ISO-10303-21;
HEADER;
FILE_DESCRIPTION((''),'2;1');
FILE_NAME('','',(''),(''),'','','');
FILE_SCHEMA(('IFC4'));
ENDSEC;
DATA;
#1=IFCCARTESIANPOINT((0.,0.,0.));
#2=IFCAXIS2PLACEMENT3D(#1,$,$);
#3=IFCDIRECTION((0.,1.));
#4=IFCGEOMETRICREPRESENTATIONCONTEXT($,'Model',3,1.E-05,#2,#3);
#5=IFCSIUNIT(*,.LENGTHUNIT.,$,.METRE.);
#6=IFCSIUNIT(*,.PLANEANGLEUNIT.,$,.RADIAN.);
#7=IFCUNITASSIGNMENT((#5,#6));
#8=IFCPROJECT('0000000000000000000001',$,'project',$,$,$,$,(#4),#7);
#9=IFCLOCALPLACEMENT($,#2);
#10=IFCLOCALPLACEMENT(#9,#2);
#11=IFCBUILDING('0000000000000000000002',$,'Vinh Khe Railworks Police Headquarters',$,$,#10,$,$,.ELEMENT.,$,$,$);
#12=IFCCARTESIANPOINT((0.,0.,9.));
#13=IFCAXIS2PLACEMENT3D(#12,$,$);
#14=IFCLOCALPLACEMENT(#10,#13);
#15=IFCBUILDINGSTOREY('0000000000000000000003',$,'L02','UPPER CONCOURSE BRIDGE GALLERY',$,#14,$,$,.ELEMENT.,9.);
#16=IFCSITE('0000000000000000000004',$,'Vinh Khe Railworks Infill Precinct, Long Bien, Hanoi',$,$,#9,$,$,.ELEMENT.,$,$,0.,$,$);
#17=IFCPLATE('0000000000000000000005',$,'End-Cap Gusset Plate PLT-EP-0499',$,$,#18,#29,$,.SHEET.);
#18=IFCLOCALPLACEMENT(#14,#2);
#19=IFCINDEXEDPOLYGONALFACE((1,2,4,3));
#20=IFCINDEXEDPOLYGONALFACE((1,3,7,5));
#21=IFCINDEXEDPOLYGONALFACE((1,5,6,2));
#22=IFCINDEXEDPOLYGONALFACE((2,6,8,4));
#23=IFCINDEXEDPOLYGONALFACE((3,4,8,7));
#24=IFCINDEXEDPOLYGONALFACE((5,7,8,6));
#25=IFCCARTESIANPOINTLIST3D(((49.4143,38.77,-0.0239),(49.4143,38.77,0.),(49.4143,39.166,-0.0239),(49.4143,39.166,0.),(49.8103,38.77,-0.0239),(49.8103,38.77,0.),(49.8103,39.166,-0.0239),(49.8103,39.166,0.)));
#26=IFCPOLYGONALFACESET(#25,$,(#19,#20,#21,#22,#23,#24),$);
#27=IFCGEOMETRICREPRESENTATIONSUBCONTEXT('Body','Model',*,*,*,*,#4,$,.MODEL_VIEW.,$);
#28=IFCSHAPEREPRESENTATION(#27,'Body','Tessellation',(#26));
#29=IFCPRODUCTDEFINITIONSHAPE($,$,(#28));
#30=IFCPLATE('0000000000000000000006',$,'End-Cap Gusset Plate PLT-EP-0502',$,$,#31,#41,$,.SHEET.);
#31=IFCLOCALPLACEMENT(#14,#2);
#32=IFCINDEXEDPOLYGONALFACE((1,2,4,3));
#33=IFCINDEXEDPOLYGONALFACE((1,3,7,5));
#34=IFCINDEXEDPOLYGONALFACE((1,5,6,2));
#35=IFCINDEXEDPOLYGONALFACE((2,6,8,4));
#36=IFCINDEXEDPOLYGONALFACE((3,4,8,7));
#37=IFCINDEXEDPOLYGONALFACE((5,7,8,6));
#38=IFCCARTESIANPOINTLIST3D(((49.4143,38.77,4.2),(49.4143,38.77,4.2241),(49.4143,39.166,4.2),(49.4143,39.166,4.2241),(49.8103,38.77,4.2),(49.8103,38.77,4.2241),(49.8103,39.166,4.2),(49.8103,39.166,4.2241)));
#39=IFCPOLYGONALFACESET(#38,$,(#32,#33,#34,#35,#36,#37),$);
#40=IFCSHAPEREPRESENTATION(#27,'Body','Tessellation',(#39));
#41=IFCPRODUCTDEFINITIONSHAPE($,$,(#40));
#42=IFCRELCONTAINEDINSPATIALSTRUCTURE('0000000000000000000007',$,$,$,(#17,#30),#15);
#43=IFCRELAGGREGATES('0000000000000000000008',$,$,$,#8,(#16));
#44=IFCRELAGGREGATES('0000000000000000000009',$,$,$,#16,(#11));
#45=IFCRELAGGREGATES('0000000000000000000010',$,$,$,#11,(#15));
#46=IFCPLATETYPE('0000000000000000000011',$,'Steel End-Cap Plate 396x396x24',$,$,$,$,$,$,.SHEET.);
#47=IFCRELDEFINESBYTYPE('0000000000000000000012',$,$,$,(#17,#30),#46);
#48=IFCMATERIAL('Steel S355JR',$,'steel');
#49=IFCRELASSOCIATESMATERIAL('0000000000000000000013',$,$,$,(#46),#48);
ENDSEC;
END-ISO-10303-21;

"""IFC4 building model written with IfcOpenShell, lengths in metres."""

from ifc_helpers import new_model, si_unit, direction, frame, origin, origin_2d, place, context, subcontext, project, spatial, rectangle, extrude, material, material_profile, profile_set, type_object, element, save


model = new_model("IFC4")

# Units and contexts
model_context = context("Model", 3, precision=1e-05, world=origin(), true_north=direction((0.0, 1.0)))
body_context = subcontext(model_context, "Body", "Model", "MODEL_VIEW")
ifc_project = project(units=[si_unit("LENGTHUNIT", "METRE"), si_unit("PLANEANGLEUNIT", "RADIAN")], contexts=[model_context])

# Site, building, storey
site_placement = place(None, origin())
site = spatial("IfcSite", under=ifc_project, at=site_placement, Name="Vinh Khe Railworks Infill Precinct, Long Bien, Hanoi", CompositionType="ELEMENT", RefElevation=0.0)
building_placement = place(site_placement, origin())
building = spatial("IfcBuilding", under=site, at=building_placement, Name="Vinh Khe Railworks Police Headquarters", CompositionType="ELEMENT")
storey_placement = place(building_placement, frame((0.0, 0.0, 9.0)))
storey = spatial("IfcBuildingStorey", under=building, at=storey_placement, Name="L02", Description="UPPER CONCOURSE BRIDGE GALLERY", CompositionType="ELEMENT", Elevation=9.0)

# Shared definitions
ifc_material_1 = material(Name="Steel S355JR", Category="steel")

# Plates
ifc_material_profile_1 = material_profile(ifc_material_1, rectangle(XDim=0.396, YDim=0.396, at=origin_2d()), Name="PL 396x396")
ifc_profile_set_1 = profile_set([ifc_material_profile_1], Name="Steel S355JR")
plate_type_1 = type_object("IfcPlateType", Name="Steel End-Cap Plate 396x396x24", PredefinedType="SHEET", material=ifc_profile_set_1)
plate_1_placement = place(storey_placement, frame((49.6123, 38.968, 0.0), z_axis=(0.0, 0.0, -1.0), x_axis=(1.0, 0.0, 0.0)))
element("IfcPlate", 1, at=plate_1_placement, inside=storey, type_object=plate_type_1, Name="End-Cap Gusset Plate PLT-EP-0499", PredefinedType="SHEET", context=body_context, shape_type="SweptSolid", body=[
    extrude(rectangle(XDim=0.396, YDim=0.396, at=origin_2d()), origin(), (0.0, 0.0, 1.0), 0.0239),
])
plate_2_placement = place(storey_placement, frame((49.6123, 38.968, 4.2), z_axis=(0.0, 0.0, 1.0), x_axis=(1.0, 0.0, 0.0)))
element("IfcPlate", 2, at=plate_2_placement, inside=storey, type_object=plate_type_1, Name="End-Cap Gusset Plate PLT-EP-0502", PredefinedType="SHEET", context=body_context, shape_type="SweptSolid", body=[
    extrude(rectangle(XDim=0.396, YDim=0.396, at=origin_2d()), origin(), (0.0, 0.0, 1.0), 0.0242),
])

save(model, "model.ifc")
